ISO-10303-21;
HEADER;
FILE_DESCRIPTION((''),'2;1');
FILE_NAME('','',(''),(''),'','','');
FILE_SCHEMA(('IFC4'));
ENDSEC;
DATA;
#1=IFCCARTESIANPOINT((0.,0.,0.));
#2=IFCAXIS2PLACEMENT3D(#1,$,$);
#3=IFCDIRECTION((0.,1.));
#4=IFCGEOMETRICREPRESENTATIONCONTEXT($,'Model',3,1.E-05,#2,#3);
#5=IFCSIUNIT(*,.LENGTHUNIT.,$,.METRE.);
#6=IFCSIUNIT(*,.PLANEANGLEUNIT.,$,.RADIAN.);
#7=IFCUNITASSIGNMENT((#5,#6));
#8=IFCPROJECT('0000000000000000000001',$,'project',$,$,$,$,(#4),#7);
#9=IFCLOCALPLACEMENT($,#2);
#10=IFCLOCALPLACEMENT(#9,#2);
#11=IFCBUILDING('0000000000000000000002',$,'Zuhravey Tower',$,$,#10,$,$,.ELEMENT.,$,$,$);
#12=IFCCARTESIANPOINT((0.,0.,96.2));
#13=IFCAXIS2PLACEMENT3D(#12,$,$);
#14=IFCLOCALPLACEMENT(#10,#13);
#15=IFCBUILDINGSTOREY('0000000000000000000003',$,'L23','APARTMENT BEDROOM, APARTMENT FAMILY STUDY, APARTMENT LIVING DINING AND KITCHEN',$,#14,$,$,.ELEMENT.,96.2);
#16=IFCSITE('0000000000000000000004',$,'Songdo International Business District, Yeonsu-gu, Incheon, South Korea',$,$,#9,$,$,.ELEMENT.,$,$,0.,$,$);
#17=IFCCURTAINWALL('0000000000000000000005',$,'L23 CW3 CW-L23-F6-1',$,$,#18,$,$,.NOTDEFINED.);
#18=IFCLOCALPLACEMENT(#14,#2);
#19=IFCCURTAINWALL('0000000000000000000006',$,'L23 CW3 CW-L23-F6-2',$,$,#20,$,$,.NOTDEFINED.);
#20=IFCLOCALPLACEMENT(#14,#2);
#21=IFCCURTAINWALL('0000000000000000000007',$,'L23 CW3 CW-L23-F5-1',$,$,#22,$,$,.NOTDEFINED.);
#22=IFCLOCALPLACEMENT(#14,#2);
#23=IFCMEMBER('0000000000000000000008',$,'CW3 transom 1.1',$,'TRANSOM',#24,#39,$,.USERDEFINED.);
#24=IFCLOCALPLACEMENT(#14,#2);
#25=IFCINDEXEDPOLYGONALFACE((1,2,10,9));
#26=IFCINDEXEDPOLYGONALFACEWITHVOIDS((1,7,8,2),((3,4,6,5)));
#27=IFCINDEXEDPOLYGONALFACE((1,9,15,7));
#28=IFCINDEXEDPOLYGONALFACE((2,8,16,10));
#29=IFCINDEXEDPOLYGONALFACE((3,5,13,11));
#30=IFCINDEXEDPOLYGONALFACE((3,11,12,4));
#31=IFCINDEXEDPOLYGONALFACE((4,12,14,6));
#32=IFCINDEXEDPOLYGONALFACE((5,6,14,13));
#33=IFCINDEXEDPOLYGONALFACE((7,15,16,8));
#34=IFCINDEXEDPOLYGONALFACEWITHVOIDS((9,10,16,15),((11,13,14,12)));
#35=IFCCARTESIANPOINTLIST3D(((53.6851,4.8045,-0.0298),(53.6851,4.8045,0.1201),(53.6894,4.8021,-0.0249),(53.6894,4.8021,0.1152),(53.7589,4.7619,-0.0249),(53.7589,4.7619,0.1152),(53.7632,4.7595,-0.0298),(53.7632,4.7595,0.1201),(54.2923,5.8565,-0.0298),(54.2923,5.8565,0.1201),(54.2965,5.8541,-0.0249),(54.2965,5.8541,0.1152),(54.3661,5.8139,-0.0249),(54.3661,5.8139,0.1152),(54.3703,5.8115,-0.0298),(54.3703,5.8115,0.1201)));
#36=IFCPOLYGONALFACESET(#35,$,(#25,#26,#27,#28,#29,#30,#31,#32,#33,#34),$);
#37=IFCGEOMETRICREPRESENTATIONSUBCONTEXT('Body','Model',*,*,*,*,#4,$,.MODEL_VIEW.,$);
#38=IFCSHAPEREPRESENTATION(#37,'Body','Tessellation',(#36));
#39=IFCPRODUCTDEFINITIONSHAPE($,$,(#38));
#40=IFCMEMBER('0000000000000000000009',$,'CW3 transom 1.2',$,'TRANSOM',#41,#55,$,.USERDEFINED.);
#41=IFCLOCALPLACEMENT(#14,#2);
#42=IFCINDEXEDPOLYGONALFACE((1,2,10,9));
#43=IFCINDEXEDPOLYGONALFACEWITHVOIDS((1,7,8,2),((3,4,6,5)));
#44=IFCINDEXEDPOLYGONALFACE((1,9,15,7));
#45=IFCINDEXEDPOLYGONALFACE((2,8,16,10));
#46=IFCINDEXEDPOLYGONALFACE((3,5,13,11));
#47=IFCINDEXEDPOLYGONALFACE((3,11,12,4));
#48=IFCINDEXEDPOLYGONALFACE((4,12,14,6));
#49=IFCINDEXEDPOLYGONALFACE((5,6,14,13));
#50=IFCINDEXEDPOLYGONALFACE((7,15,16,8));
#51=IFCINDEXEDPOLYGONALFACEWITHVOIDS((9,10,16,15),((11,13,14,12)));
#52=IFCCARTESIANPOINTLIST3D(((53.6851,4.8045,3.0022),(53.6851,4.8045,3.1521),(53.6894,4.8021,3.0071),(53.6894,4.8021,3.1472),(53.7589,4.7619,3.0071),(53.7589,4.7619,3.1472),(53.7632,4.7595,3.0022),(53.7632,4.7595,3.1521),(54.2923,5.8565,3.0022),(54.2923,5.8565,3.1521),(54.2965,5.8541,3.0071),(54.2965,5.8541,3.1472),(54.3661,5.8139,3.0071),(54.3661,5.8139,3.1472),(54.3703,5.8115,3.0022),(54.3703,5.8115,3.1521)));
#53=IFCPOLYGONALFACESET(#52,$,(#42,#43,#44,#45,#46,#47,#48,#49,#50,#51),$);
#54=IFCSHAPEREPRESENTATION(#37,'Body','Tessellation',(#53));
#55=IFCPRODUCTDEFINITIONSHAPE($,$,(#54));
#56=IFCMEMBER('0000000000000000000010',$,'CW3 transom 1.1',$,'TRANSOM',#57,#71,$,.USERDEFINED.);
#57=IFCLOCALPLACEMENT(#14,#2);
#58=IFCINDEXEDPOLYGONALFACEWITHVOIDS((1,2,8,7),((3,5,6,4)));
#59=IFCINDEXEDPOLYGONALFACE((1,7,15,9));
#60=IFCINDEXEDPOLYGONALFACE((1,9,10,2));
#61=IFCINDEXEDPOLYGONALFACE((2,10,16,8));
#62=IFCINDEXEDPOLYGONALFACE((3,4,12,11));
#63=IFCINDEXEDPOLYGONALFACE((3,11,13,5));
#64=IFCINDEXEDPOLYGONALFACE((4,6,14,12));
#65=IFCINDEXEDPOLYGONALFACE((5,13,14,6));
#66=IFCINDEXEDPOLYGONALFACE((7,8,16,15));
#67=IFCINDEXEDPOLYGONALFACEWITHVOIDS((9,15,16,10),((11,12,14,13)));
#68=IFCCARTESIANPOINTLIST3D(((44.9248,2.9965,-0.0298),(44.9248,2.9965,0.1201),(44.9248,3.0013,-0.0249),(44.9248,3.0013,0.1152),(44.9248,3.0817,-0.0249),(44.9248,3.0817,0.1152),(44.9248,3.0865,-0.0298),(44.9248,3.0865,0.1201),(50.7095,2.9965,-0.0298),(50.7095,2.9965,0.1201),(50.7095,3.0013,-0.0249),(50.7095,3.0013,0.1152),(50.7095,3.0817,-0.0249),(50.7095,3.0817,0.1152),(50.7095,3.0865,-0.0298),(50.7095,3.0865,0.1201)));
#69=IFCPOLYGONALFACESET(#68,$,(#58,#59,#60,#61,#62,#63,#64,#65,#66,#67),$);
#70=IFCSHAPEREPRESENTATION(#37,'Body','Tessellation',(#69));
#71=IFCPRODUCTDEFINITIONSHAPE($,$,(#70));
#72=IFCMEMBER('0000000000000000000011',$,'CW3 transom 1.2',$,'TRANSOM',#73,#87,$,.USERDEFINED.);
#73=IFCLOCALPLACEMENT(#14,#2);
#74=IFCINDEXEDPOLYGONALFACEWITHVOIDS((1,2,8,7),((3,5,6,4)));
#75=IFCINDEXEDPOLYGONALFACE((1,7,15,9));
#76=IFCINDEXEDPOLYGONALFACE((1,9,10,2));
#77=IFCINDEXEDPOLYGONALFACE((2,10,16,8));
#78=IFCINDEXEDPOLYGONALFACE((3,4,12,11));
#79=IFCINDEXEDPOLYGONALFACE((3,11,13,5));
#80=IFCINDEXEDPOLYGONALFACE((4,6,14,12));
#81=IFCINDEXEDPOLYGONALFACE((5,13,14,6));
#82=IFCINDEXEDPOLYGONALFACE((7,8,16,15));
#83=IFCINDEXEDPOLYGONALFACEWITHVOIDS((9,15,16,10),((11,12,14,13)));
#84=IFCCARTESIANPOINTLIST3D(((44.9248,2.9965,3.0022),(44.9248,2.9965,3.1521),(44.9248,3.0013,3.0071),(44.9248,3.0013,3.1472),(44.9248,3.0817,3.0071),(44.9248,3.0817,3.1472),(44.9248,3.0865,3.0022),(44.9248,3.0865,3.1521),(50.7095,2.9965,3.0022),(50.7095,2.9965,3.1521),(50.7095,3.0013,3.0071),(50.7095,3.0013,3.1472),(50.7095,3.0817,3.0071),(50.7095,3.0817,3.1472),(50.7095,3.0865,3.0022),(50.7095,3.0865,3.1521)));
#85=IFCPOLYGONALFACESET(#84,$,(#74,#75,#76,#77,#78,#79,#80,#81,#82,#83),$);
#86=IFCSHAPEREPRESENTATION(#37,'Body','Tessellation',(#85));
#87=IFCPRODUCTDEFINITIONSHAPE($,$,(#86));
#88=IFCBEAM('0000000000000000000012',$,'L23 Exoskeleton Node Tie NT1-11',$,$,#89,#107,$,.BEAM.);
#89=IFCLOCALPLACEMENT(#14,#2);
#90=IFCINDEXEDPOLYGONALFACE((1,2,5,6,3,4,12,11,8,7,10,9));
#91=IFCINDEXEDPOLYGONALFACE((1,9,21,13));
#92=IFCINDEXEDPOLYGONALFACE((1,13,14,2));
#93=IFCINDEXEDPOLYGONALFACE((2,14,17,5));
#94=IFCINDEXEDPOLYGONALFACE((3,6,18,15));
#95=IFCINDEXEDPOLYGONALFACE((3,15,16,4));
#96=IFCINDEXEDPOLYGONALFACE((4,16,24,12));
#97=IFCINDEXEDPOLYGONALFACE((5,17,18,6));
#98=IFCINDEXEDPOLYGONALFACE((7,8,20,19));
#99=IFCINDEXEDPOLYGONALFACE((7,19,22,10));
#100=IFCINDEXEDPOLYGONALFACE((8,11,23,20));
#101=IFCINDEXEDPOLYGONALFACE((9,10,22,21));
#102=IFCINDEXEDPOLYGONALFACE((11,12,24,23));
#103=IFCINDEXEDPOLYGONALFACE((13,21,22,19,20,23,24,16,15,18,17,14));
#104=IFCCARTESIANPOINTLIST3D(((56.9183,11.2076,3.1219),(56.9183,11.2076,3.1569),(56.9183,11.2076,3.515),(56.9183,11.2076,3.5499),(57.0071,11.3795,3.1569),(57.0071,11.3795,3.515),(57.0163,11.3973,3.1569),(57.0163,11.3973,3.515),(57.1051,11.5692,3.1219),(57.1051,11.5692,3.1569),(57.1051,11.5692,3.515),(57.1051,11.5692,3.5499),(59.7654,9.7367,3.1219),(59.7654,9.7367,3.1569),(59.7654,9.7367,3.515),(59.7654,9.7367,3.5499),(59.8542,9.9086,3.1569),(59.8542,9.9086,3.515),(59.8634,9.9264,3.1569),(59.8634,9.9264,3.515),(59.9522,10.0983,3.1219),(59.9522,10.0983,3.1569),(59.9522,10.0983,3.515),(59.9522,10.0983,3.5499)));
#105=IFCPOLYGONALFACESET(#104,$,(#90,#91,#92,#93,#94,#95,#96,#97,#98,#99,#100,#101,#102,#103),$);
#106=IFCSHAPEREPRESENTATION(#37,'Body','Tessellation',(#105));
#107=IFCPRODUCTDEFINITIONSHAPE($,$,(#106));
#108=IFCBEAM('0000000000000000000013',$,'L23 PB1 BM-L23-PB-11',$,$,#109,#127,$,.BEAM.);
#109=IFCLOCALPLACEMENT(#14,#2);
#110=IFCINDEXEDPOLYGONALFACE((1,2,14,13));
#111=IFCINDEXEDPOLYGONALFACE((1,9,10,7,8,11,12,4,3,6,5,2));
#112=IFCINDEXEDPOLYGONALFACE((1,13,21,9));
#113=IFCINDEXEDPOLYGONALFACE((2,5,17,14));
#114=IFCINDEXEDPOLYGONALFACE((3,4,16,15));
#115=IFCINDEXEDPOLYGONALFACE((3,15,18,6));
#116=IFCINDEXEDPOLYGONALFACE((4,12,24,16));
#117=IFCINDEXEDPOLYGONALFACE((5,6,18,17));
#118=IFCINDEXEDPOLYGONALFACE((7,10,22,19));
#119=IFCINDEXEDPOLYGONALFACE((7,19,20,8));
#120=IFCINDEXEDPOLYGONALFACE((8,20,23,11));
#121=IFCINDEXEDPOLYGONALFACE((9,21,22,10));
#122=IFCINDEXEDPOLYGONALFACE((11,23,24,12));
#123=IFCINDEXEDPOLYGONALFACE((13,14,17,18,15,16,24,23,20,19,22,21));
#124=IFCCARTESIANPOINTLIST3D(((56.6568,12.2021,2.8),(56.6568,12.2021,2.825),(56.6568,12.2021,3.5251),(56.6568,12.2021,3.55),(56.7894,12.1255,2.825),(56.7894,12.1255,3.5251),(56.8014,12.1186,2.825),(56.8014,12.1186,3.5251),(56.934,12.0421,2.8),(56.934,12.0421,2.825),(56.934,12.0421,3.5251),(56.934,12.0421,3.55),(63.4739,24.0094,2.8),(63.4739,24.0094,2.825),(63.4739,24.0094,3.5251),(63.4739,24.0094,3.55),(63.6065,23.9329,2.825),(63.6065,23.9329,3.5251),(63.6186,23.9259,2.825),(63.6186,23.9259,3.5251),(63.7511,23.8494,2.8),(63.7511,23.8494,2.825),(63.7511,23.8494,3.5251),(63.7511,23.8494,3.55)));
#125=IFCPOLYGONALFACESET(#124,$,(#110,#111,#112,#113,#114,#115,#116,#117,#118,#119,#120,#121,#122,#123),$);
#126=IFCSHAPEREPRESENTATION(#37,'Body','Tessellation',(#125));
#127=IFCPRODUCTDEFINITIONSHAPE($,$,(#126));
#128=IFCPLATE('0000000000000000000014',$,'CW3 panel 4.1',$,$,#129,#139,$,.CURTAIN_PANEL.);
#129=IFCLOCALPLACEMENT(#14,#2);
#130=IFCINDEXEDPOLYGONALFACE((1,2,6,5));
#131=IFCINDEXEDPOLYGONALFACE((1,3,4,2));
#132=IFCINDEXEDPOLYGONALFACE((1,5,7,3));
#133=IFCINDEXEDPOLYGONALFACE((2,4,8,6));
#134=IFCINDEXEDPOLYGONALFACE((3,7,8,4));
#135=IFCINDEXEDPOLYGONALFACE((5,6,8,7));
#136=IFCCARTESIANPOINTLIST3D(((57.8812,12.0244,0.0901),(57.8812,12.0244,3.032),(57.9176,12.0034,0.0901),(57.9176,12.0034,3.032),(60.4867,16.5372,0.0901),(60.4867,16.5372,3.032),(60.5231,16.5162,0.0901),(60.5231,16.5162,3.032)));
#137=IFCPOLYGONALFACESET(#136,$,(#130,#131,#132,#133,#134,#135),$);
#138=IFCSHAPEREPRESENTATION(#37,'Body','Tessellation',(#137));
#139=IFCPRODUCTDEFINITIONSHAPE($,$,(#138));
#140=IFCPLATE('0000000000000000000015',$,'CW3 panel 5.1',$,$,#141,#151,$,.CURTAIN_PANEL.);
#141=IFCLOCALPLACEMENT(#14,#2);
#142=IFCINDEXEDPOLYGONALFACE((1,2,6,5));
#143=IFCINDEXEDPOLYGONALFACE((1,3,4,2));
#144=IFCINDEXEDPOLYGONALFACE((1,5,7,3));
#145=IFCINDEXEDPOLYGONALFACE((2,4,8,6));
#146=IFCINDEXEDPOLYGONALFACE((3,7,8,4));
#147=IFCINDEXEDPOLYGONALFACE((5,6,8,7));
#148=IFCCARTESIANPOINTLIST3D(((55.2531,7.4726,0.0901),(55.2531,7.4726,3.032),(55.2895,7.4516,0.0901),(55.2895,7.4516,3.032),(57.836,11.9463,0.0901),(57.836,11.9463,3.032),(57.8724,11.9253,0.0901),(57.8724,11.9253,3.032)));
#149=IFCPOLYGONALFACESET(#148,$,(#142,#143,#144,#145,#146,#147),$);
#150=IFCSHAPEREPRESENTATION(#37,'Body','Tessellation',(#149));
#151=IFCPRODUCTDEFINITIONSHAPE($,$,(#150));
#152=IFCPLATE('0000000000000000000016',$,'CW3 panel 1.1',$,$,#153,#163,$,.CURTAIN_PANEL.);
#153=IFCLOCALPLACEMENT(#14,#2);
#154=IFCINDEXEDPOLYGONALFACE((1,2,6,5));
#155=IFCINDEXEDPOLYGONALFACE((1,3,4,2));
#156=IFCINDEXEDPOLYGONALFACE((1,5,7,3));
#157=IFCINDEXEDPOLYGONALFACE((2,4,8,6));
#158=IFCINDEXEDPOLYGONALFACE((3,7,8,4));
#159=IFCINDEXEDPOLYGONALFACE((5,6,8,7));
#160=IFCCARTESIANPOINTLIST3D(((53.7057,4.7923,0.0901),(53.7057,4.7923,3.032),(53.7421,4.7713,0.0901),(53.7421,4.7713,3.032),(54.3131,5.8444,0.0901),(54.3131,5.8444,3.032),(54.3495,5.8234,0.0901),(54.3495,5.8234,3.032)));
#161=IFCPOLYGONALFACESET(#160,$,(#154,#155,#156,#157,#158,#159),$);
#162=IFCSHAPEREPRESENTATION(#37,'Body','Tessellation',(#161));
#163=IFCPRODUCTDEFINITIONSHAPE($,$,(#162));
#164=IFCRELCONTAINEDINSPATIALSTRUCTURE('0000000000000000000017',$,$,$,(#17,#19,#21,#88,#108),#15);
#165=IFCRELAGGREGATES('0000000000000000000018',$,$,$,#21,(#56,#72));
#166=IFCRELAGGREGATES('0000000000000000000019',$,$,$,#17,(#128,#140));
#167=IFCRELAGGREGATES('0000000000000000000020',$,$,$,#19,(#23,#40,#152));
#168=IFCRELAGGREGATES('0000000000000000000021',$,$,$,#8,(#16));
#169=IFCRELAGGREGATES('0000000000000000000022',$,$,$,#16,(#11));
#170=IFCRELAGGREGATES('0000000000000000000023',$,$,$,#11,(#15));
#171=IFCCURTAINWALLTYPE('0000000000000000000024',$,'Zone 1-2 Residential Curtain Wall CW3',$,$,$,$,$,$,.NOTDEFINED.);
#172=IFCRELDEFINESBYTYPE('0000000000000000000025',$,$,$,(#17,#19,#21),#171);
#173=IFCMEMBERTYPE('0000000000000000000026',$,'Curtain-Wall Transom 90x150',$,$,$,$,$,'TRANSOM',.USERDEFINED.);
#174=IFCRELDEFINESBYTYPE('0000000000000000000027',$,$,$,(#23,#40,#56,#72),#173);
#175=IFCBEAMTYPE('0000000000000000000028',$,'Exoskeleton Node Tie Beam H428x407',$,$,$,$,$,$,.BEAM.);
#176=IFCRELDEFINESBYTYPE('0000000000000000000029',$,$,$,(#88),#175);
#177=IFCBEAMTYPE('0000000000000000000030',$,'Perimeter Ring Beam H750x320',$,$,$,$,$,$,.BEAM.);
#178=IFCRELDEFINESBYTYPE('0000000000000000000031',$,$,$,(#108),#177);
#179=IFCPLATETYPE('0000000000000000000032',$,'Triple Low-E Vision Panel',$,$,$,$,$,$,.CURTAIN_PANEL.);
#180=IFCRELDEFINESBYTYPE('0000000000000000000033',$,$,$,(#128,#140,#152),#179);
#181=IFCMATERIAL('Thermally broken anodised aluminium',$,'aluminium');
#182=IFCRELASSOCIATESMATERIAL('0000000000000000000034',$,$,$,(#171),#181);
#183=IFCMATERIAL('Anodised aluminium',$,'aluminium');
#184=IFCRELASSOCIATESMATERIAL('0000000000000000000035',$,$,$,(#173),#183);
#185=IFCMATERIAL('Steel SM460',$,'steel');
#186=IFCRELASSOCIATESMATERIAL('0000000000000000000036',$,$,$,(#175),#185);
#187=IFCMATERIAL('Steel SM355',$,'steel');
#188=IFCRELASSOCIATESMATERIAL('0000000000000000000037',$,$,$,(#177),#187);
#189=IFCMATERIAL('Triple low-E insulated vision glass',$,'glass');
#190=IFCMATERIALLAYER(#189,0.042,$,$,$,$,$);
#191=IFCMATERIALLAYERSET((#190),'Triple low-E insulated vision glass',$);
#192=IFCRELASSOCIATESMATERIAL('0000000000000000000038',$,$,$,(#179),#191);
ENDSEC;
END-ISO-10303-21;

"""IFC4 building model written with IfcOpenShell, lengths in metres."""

from ifc_helpers import new_model, si_unit, direction, frame, origin, origin_2d, place, context, subcontext, project, spatial, rectangle, hollow_rectangle, i_section, extrude, material, layer, layer_set, material_profile, profile_set, type_object, element, aggregate, save


model = new_model("IFC4")

# Units and contexts
model_context = context("Model", 3, precision=1e-05, world=origin(), true_north=direction((0.0, 1.0)))
body_context = subcontext(model_context, "Body", "Model", "MODEL_VIEW")
ifc_project = project(units=[si_unit("LENGTHUNIT", "METRE"), si_unit("PLANEANGLEUNIT", "RADIAN")], contexts=[model_context])

# Site, building, storey
site_placement = place(None, origin())
site = spatial("IfcSite", under=ifc_project, at=site_placement, Name="Songdo International Business District, Yeonsu-gu, Incheon, South Korea", CompositionType="ELEMENT", RefElevation=0.0)
building_placement = place(site_placement, origin())
building = spatial("IfcBuilding", under=site, at=building_placement, Name="Zuhravey Tower", CompositionType="ELEMENT")
storey_placement = place(building_placement, frame((0.0, 0.0, 96.2)))
storey = spatial("IfcBuildingStorey", under=building, at=storey_placement, Name="L23", Description="APARTMENT BEDROOM, APARTMENT FAMILY STUDY, APARTMENT LIVING DINING AND KITCHEN", CompositionType="ELEMENT", Elevation=96.2)

# Curtain walls
ifc_material_1 = material(Name="Thermally broken anodised aluminium", Category="aluminium")
curtain_wall_type = type_object("IfcCurtainWallType", Name="Zone 1-2 Residential Curtain Wall CW3", PredefinedType="NOTDEFINED", material=ifc_material_1)
curtain_wall_1_placement = place(storey_placement, origin())
curtain_wall_1 = element("IfcCurtainWall", 1, at=curtain_wall_1_placement, inside=storey, type_object=curtain_wall_type, Name="L23 CW3 CW-L23-F6-1", PredefinedType="NOTDEFINED")
ifc_material_2 = material(Name="Anodised aluminium", Category="aluminium")
curtain_wall_2_placement = place(storey_placement, origin())
curtain_wall_2 = element("IfcCurtainWall", 2, at=curtain_wall_2_placement, inside=storey, type_object=curtain_wall_type, Name="L23 CW3 CW-L23-F6-2", PredefinedType="NOTDEFINED")

# Curtain wall
curtain_wall_3_placement = place(storey_placement, origin())
curtain_wall_3 = element("IfcCurtainWall", 3, at=curtain_wall_3_placement, inside=storey, type_object=curtain_wall_type, Name="L23 CW3 CW-L23-F5-1", PredefinedType="NOTDEFINED")

# Members
ifc_material_profile_1 = material_profile(ifc_material_2, hollow_rectangle(XDim=0.0901, YDim=0.1499, WallThickness=0.0049, at=origin_2d()), Name="ALU-RHS-90x150x5")
ifc_profile_set_1 = profile_set([ifc_material_profile_1], Name="Anodised aluminium")
member_type_1 = type_object("IfcMemberType", Name="Curtain-Wall Transom 90x150", ElementType="TRANSOM", PredefinedType="USERDEFINED", material=ifc_profile_set_1)
member_1_placement = place(storey_placement, frame((54.3313, 5.834, 0.0452), z_axis=(-0.499879, -0.866095, 0.0), x_axis=(0.866095, -0.499879, 0.0)))
member_1 = element("IfcMember", 4, at=member_1_placement, type_object=member_type_1, Name="CW3 transom 1.1", ObjectType="TRANSOM", PredefinedType="USERDEFINED", context=body_context, shape_type="SweptSolid", body=[
    extrude(hollow_rectangle(XDim=0.0901, YDim=0.1499, WallThickness=0.0049, at=origin_2d()), origin(), (0.0, 0.0, 1.0), 1.2146),
])
member_2_placement = place(storey_placement, frame((54.3313, 5.834, 3.0771), z_axis=(-0.499879, -0.866095, 0.0), x_axis=(0.866095, -0.499879, 0.0)))
member_2 = element("IfcMember", 5, at=member_2_placement, type_object=member_type_1, Name="CW3 transom 1.2", ObjectType="TRANSOM", PredefinedType="USERDEFINED", context=body_context, shape_type="SweptSolid", body=[
    extrude(hollow_rectangle(XDim=0.0901, YDim=0.1499, WallThickness=0.0049, at=origin_2d()), origin(), (0.0, 0.0, 1.0), 1.2146),
])
member_3_placement = place(storey_placement, frame((50.7095, 3.0415, 0.0452), z_axis=(-1.0, 0.0, 0.0), x_axis=(0.0, -1.0, 0.0)))
member_3 = element("IfcMember", 6, at=member_3_placement, type_object=member_type_1, Name="CW3 transom 1.1", ObjectType="TRANSOM", PredefinedType="USERDEFINED", context=body_context, shape_type="SweptSolid", body=[
    extrude(hollow_rectangle(XDim=0.0901, YDim=0.1499, WallThickness=0.0049, at=origin_2d()), origin(), (0.0, 0.0, 1.0), 5.7847),
])
member_4_placement = place(storey_placement, frame((50.7095, 3.0415, 3.0771), z_axis=(-1.0, 0.0, 0.0), x_axis=(0.0, -1.0, 0.0)))
member_4 = element("IfcMember", 7, at=member_4_placement, type_object=member_type_1, Name="CW3 transom 1.2", ObjectType="TRANSOM", PredefinedType="USERDEFINED", context=body_context, shape_type="SweptSolid", body=[
    extrude(hollow_rectangle(XDim=0.0901, YDim=0.1499, WallThickness=0.0049, at=origin_2d()), origin(), (0.0, 0.0, 1.0), 5.7847),
])
aggregate(curtain_wall_3, [member_3, member_4])

# Beams
ifc_material_3 = material(Name="Steel SM460", Category="steel")
ifc_material_profile_2 = material_profile(ifc_material_3, i_section(OverallWidth=0.407, OverallDepth=0.428, WebThickness=0.02, FlangeThickness=0.0349, at=origin_2d()), Name="H-428x407x20x35")
ifc_profile_set_2 = profile_set([ifc_material_profile_2], Name="Steel SM460")
beam_type_1 = type_object("IfcBeamType", Name="Exoskeleton Node Tie Beam H428x407", PredefinedType="BEAM", material=ifc_profile_set_2)
beam_1_placement = place(storey_placement, frame((57.0117, 11.3884, 3.3359), z_axis=(0.888437, -0.458998, 0.0), x_axis=(0.458998, 0.888437, 0.0)))
element("IfcBeam", 8, at=beam_1_placement, inside=storey, type_object=beam_type_1, Name="L23 Exoskeleton Node Tie NT1-11", PredefinedType="BEAM", context=body_context, shape_type="SweptSolid", body=[
    extrude(i_section(OverallWidth=0.407, OverallDepth=0.428, WebThickness=0.02, FlangeThickness=0.0349, at=origin_2d()), origin(), (0.0, 0.0, 1.0), 3.2046),
])
ifc_material_4 = material(Name="Steel SM355", Category="steel")
ifc_material_profile_3 = material_profile(ifc_material_4, i_section(OverallWidth=0.3201, OverallDepth=0.75, WebThickness=0.0139, FlangeThickness=0.0249, at=origin_2d()), Name="H-750x320x14x25")
ifc_profile_set_3 = profile_set([ifc_material_profile_3], Name="Steel SM355")
beam_type_2 = type_object("IfcBeamType", Name="Perimeter Ring Beam H750x320", PredefinedType="BEAM", material=ifc_profile_set_3)
beam_2_placement = place(storey_placement, frame((56.7954, 12.1221, 3.175), z_axis=(0.500008, 0.866021, 0.0), x_axis=(-0.866021, 0.500008, 0.0)))
element("IfcBeam", 9, at=beam_2_placement, inside=storey, type_object=beam_type_2, Name="L23 PB1 BM-L23-PB-11", PredefinedType="BEAM", context=body_context, shape_type="SweptSolid", body=[
    extrude(i_section(OverallWidth=0.3201, OverallDepth=0.75, WebThickness=0.0139, FlangeThickness=0.0249, at=origin_2d()), origin(), (0.0, 0.0, 1.0), 13.634),
])

# Plates
ifc_material_5 = material(Name="Triple low-E insulated vision glass", Category="glass")
ifc_layer_1 = layer(ifc_material_5, 0.042)
ifc_layer_set_1 = layer_set([ifc_layer_1], Name="Triple low-E insulated vision glass")
plate_type = type_object("IfcPlateType", Name="Triple Low-E Vision Panel", PredefinedType="CURTAIN_PANEL", material=ifc_layer_set_1)
plate_1_placement = place(storey_placement, frame((59.2021, 14.2703, 0.0901), z_axis=(0.0, 0.0, 1.0), x_axis=(-0.5, -0.866025, 0.0)))
plate_1 = element("IfcPlate", 10, at=plate_1_placement, type_object=plate_type, Name="CW3 panel 4.1", PredefinedType="CURTAIN_PANEL", context=body_context, shape_type="SweptSolid", body=[
    extrude(rectangle(XDim=5.2109, YDim=0.042, at=origin_2d()), origin(), (0.0, 0.0, 1.0), 2.9419),
])
plate_2_placement = place(storey_placement, frame((56.5627, 9.699, 0.0901), z_axis=(0.0, 0.0, 1.0), x_axis=(-0.5, -0.866025, 0.0)))
plate_2 = element("IfcPlate", 11, at=plate_2_placement, type_object=plate_type, Name="CW3 panel 5.1", PredefinedType="CURTAIN_PANEL", context=body_context, shape_type="SweptSolid", body=[
    extrude(rectangle(XDim=5.1658, YDim=0.042, at=origin_2d()), origin(), (0.0, 0.0, 1.0), 2.9419),
])
aggregate(curtain_wall_1, [plate_1, plate_2])
plate_3_placement = place(storey_placement, frame((54.0276, 5.3079, 0.0901), z_axis=(0.0, 0.0, 1.0), x_axis=(-0.50001, -0.86602, 0.0)))
plate_3 = element("IfcPlate", 12, at=plate_3_placement, type_object=plate_type, Name="CW3 panel 1.1", PredefinedType="CURTAIN_PANEL", context=body_context, shape_type="SweptSolid", body=[
    extrude(rectangle(XDim=1.2148, YDim=0.042, at=origin_2d()), origin(), (0.0, 0.0, 1.0), 2.9419),
])
aggregate(curtain_wall_2, [member_1, member_2, plate_3])

save(model, "model.ifc")
